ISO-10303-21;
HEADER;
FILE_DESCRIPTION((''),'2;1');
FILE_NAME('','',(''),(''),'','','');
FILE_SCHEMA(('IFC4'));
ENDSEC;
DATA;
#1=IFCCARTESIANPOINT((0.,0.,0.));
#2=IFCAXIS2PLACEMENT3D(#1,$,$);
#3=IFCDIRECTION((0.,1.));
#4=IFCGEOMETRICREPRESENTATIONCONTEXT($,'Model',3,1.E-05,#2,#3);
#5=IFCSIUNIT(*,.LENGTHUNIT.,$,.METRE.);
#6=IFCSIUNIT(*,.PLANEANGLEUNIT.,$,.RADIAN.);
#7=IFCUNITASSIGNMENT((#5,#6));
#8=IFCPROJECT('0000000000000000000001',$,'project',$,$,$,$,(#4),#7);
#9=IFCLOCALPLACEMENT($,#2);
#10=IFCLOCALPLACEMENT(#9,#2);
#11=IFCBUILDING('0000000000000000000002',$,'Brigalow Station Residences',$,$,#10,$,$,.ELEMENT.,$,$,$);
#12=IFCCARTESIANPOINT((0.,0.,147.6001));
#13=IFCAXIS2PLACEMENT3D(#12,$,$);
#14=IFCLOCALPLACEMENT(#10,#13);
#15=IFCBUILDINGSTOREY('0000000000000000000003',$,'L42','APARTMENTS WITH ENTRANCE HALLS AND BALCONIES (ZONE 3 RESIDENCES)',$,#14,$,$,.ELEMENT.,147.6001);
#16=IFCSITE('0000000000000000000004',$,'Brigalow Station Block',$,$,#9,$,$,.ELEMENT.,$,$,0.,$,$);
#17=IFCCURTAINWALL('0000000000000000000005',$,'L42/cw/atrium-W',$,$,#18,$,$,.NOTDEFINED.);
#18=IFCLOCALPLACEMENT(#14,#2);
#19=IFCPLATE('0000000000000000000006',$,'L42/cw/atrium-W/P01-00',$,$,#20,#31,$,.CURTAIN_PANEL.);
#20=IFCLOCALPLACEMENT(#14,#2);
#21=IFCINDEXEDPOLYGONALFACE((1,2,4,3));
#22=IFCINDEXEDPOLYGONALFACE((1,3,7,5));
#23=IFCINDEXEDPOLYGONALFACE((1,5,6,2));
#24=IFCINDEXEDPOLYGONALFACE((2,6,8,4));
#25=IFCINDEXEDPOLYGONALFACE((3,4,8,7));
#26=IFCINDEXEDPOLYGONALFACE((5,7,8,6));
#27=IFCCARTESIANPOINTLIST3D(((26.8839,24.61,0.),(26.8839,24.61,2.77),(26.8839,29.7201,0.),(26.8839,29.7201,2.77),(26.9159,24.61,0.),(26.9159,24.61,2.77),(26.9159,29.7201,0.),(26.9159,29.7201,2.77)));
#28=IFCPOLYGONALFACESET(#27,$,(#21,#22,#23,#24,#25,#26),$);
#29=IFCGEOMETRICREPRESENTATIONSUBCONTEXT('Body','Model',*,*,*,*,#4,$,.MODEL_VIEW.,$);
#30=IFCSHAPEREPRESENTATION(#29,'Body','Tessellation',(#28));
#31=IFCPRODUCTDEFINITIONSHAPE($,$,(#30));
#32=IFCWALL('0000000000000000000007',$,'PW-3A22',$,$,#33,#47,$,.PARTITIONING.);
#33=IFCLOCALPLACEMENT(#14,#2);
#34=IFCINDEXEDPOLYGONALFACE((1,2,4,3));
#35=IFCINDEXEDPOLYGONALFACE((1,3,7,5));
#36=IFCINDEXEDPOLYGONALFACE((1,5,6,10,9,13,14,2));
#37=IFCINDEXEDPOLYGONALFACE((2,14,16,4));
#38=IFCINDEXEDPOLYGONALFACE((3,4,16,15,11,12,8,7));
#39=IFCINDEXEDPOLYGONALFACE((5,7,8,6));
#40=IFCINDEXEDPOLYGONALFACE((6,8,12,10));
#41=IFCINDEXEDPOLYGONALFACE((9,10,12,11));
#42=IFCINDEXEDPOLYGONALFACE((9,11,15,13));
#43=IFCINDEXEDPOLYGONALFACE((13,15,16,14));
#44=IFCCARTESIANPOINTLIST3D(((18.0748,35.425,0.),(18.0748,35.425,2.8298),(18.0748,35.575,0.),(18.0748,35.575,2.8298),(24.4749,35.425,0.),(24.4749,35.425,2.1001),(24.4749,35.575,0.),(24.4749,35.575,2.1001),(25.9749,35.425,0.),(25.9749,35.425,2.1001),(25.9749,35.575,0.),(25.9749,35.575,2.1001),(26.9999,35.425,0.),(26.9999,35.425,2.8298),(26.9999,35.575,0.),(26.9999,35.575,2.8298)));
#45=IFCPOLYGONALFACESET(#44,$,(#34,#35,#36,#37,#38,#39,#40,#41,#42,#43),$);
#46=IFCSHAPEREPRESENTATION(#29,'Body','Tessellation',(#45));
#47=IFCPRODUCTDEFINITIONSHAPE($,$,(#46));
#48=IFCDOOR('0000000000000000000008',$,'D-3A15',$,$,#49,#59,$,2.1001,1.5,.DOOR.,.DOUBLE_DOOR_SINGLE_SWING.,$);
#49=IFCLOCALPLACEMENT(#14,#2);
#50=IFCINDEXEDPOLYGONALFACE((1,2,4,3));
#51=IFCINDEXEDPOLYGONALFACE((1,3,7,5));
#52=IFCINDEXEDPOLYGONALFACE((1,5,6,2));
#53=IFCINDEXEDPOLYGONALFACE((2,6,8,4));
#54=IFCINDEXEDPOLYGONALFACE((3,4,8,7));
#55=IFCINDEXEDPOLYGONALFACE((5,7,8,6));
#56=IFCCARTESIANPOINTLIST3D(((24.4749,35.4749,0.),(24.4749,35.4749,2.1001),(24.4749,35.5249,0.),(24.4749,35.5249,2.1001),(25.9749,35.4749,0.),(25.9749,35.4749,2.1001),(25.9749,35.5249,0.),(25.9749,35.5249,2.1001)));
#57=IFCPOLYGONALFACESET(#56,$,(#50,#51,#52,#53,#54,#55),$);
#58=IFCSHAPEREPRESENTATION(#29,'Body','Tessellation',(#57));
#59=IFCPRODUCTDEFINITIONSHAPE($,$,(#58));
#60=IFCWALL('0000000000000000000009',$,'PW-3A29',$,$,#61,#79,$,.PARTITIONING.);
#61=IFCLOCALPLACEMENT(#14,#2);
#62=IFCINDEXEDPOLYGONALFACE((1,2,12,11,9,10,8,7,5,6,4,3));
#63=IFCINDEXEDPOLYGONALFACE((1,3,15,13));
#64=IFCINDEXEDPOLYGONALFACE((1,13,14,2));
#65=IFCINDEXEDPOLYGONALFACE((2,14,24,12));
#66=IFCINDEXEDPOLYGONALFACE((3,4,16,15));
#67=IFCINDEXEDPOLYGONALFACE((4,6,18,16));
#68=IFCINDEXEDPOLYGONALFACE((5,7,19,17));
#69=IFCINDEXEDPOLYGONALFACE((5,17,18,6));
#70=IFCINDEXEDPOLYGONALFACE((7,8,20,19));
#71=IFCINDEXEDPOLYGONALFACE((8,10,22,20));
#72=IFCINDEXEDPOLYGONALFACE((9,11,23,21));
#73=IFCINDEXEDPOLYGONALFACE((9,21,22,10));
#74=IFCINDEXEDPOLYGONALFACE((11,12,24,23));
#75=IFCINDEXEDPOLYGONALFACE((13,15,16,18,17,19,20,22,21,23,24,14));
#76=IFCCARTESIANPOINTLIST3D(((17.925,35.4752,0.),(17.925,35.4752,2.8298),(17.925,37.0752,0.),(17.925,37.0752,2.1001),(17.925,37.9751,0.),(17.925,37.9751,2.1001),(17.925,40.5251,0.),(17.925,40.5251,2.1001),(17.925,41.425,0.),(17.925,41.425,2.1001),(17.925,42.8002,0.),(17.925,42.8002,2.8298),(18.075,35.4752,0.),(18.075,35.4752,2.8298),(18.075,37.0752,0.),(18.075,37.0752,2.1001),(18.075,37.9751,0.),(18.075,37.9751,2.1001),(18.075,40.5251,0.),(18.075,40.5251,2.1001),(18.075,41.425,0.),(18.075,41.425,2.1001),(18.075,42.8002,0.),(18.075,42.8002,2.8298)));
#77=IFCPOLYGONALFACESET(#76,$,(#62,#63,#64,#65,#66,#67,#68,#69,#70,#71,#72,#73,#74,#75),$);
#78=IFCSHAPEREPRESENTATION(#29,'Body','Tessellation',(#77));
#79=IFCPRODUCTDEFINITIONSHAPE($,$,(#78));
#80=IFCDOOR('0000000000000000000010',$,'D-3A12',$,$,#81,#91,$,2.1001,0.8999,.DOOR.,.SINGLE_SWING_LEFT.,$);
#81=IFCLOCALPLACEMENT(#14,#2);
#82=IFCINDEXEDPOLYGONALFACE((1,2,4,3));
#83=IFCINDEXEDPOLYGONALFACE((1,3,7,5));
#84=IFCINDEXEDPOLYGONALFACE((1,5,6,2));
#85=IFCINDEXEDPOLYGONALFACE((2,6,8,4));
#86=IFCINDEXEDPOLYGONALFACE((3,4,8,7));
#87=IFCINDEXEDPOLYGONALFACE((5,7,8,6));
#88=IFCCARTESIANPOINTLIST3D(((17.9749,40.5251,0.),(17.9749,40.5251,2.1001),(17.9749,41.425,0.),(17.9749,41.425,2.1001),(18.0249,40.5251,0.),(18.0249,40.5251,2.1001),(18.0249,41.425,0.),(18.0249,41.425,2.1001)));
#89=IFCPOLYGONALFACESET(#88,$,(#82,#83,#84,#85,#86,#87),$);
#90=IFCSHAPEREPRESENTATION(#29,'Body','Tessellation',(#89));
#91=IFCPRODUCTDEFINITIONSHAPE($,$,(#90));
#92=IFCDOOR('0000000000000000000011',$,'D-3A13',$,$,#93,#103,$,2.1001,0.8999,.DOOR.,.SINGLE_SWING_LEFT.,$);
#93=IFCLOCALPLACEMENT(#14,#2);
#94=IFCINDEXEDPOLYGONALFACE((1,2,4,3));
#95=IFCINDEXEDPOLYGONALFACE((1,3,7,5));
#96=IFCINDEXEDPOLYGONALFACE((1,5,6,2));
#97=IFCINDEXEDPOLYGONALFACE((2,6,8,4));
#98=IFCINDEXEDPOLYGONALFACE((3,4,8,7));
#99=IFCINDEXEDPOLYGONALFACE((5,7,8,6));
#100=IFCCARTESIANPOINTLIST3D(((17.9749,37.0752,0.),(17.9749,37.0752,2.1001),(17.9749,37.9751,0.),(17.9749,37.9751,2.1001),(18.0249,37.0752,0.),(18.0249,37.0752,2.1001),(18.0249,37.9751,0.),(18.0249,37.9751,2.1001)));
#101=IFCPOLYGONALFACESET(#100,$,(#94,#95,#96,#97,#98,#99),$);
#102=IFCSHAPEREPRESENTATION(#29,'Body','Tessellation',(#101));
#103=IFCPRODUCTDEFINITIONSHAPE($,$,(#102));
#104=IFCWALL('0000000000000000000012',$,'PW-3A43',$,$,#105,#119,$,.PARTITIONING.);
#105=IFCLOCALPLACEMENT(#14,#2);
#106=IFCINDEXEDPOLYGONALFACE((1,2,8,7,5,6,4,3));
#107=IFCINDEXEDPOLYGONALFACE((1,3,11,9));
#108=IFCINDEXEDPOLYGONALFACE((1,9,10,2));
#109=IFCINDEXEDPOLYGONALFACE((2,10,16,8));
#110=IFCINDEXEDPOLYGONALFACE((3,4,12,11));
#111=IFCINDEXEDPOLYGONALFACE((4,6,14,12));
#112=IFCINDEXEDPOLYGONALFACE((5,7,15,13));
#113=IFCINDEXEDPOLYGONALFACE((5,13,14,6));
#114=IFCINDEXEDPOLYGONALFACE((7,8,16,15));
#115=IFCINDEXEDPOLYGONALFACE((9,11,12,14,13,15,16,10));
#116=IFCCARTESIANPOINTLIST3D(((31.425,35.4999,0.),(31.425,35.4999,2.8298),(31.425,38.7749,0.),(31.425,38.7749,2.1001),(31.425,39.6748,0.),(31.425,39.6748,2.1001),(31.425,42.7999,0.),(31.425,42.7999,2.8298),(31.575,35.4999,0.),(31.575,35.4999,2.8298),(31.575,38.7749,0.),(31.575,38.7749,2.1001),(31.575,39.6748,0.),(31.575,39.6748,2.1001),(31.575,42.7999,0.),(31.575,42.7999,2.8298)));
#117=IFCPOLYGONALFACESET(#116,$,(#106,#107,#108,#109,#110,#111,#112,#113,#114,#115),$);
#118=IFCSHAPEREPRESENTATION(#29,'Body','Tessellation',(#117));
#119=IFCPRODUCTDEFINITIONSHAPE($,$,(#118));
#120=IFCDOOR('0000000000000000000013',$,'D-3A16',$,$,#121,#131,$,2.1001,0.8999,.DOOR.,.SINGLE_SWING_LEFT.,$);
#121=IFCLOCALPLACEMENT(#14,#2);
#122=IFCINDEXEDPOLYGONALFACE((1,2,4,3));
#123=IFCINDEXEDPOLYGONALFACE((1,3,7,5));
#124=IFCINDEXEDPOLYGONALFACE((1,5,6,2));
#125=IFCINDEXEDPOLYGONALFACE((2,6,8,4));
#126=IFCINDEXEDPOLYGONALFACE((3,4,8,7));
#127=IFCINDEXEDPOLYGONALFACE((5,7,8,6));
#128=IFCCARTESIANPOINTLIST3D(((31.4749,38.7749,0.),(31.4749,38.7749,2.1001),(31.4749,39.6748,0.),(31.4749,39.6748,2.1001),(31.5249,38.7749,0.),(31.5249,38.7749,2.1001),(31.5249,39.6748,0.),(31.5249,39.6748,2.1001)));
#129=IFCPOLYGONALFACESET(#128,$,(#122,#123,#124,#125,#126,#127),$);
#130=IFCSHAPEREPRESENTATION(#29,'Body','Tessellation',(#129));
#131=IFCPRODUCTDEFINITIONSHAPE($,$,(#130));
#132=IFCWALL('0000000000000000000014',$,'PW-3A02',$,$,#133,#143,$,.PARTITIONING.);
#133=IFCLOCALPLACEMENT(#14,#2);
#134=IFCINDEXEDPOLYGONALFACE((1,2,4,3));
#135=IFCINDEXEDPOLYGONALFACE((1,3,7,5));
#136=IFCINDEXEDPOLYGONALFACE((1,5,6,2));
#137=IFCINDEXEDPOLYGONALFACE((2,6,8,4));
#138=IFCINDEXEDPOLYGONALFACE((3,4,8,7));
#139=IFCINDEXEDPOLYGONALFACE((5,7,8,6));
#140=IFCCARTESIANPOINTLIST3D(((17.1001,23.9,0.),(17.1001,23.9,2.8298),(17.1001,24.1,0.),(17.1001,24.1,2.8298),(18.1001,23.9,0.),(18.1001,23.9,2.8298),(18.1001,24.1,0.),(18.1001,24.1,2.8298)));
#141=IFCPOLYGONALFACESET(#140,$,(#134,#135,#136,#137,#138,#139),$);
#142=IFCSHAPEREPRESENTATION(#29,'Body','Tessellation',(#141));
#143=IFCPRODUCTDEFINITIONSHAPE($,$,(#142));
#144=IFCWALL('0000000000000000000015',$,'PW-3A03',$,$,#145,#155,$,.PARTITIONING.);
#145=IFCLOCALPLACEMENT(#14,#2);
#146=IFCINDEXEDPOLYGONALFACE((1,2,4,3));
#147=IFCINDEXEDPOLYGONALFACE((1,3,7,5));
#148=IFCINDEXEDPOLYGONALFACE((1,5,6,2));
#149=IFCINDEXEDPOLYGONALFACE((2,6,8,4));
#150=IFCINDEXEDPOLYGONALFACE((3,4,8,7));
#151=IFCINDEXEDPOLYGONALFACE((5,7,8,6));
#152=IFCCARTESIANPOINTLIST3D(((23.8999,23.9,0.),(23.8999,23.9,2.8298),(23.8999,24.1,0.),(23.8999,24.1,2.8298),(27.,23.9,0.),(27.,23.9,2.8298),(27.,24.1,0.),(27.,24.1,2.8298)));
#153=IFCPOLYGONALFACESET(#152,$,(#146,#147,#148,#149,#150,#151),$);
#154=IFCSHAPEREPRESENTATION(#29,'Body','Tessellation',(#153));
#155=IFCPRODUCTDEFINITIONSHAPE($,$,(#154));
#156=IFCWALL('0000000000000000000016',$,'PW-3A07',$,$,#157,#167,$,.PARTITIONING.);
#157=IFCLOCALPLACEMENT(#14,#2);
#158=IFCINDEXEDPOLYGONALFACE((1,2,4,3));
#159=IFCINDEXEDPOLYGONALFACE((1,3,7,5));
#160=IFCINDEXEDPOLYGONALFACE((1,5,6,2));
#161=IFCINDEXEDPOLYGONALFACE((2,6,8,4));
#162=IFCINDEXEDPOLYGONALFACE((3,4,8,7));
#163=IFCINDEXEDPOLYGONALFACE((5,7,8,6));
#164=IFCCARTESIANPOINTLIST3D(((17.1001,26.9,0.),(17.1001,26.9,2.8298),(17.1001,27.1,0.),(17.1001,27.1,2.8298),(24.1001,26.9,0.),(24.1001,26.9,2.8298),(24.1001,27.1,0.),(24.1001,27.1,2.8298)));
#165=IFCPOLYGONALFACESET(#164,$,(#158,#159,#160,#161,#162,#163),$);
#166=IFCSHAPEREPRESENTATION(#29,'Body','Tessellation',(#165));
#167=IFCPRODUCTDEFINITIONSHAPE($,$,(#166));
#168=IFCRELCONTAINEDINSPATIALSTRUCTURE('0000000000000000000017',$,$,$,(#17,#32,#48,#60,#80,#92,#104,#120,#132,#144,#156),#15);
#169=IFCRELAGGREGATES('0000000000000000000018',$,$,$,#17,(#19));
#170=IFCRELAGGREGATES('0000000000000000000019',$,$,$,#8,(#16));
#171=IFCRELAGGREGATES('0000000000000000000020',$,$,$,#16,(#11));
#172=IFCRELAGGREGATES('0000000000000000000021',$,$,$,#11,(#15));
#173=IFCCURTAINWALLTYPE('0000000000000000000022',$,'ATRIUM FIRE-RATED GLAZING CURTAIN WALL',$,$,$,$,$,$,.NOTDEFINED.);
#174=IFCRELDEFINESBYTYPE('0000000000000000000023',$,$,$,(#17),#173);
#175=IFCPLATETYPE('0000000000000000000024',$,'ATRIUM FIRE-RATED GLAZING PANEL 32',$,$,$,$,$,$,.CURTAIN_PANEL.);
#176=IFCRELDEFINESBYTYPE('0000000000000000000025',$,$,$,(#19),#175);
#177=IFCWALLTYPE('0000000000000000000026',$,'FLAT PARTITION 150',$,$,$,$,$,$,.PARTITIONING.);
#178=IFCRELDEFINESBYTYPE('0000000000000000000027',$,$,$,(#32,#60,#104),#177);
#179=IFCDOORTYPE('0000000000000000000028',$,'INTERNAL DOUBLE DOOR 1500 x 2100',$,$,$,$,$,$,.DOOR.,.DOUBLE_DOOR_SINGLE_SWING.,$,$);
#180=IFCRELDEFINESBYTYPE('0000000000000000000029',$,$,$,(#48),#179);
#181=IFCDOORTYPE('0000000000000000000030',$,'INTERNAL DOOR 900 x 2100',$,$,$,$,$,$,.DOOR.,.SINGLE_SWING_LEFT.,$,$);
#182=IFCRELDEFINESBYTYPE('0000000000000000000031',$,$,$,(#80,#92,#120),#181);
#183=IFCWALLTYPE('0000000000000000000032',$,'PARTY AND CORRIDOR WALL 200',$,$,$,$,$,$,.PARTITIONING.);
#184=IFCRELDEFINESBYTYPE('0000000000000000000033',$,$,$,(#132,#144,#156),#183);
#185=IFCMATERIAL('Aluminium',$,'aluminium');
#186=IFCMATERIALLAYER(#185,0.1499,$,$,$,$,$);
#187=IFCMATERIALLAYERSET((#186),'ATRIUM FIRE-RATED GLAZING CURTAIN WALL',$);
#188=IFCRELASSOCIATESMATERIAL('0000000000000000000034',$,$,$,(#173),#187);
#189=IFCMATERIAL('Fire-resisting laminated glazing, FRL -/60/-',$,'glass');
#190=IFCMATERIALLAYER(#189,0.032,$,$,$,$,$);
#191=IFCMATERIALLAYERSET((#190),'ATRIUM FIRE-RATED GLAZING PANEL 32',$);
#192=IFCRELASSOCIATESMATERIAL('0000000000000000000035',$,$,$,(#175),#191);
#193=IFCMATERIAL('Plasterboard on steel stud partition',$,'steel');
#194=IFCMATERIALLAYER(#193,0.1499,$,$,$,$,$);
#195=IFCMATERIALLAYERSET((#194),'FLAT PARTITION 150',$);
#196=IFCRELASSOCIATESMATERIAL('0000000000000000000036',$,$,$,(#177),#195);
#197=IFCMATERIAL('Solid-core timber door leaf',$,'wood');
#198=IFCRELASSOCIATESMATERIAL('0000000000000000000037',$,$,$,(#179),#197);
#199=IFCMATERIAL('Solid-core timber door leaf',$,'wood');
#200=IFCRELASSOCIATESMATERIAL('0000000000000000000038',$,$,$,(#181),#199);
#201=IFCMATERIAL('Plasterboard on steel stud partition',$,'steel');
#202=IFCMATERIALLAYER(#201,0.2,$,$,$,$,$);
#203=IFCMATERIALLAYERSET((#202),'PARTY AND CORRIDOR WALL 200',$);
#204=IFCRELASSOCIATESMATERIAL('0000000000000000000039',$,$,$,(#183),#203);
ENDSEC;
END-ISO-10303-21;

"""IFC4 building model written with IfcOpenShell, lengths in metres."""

from ifc_helpers import new_model, si_unit, direction, frame, frame_2d, origin, origin_2d, place, context, subcontext, project, spatial, rectangle, extrude, material, layer, layer_set, type_object, element, fill, aggregate, save


model = new_model("IFC4")

# Units and contexts
model_context = context("Model", 3, precision=1e-05, world=origin(), true_north=direction((0.0, 1.0)))
body_context = subcontext(model_context, "Body", "Model", "MODEL_VIEW")
ifc_project = project(units=[si_unit("LENGTHUNIT", "METRE"), si_unit("PLANEANGLEUNIT", "RADIAN")], contexts=[model_context])

# Site, building, storey
site_placement = place(None, origin())
site = spatial("IfcSite", under=ifc_project, at=site_placement, Name="Brigalow Station Block", CompositionType="ELEMENT", RefElevation=0.0)
building_placement = place(site_placement, origin())
building = spatial("IfcBuilding", under=site, at=building_placement, Name="Brigalow Station Residences", CompositionType="ELEMENT")
storey_placement = place(building_placement, frame((0.0, 0.0, 147.6001)))
storey = spatial("IfcBuildingStorey", under=building, at=storey_placement, Name="L42", Description="APARTMENTS WITH ENTRANCE HALLS AND BALCONIES (ZONE 3 RESIDENCES)", CompositionType="ELEMENT", Elevation=147.6001)

# Shared definitions
ifc_material_1 = material(Name="Aluminium", Category="aluminium")
ifc_layer_1 = layer(ifc_material_1, 0.1499)
ifc_layer_set_1 = layer_set([ifc_layer_1], Name="ATRIUM FIRE-RATED GLAZING CURTAIN WALL")
curtain_wall_type = type_object("IfcCurtainWallType", Name="ATRIUM FIRE-RATED GLAZING CURTAIN WALL", PredefinedType="NOTDEFINED", material=ifc_layer_set_1)

# Curtain wall
curtain_wall_1_placement = place(storey_placement, origin())
curtain_wall_1 = element("IfcCurtainWall", 1, at=curtain_wall_1_placement, inside=storey, type_object=curtain_wall_type, Name="L42/cw/atrium-W", PredefinedType="NOTDEFINED")

# Plate
ifc_material_2 = material(Name="Fire-resisting laminated glazing, FRL -/60/-", Category="glass")
ifc_layer_2 = layer(ifc_material_2, 0.032)
ifc_layer_set_2 = layer_set([ifc_layer_2], Name="ATRIUM FIRE-RATED GLAZING PANEL 32")
plate_type = type_object("IfcPlateType", Name="ATRIUM FIRE-RATED GLAZING PANEL 32", PredefinedType="CURTAIN_PANEL", material=ifc_layer_set_2)
plate_1_placement = place(storey_placement, frame((26.8999, 27.165, 0.0), z_axis=(0.0, 0.0, 1.0), x_axis=(0.0, -1.0, 0.0)))
plate_1 = element("IfcPlate", 2, at=plate_1_placement, type_object=plate_type, Name="L42/cw/atrium-W/P01-00", PredefinedType="CURTAIN_PANEL", context=body_context, shape_type="SweptSolid", body=[
    extrude(rectangle(XDim=5.1101, YDim=0.032, at=origin_2d()), origin(), (0.0, 0.0, 1.0), 2.77),
])
aggregate(curtain_wall_1, [plate_1])

# Wall, opening, door
ifc_material_3 = material(Name="Plasterboard on steel stud partition", Category="steel")
ifc_layer_3 = layer(ifc_material_3, 0.1499)
ifc_layer_set_3 = layer_set([ifc_layer_3], Name="FLAT PARTITION 150")
wall_type_1 = type_object("IfcWallType", Name="FLAT PARTITION 150", PredefinedType="PARTITIONING", material=ifc_layer_set_3)
wall_1_placement = place(storey_placement, frame((18.075, 35.5, 0.0), z_axis=(0.0, 0.0, 1.0), x_axis=(1.0, 0.0, 0.0)))
wall_1 = element("IfcWall", 3, at=wall_1_placement, inside=storey, type_object=wall_type_1, Name="PW-3A22", PredefinedType="PARTITIONING", context=body_context, shape_type="SweptSolid", body=[
    extrude(rectangle(XDim=8.925, YDim=0.1499, at=frame_2d((4.4624, 0.0))), origin(), (0.0, 0.0, 1.0), 2.8298),
])
opening_1_placement = place(wall_1_placement, frame((6.3999, 0.0, 0.0)))
opening_1 = element("IfcOpeningElement", 4, at=opening_1_placement, cuts=wall_1, PredefinedType="OPENING", context=body_context, shape_type="SweptSolid", body=[
    extrude(rectangle(XDim=1.5, YDim=2.1001, at=frame_2d((0.75, 1.05))), frame((0.0, 0.085, 0.0), z_axis=(0.0, -1.0, 0.0), x_axis=(1.0, 0.0, 0.0)), (0.0, 0.0, 1.0), 0.1699),
])
ifc_material_4 = material(Name="Solid-core timber door leaf", Category="wood")
door_type_1 = type_object("IfcDoorType", Name="INTERNAL DOUBLE DOOR 1500 x 2100", OperationType="DOUBLE_DOOR_SINGLE_SWING", PredefinedType="DOOR", material=ifc_material_4)
door_1_placement = place(opening_1_placement, origin())
door_1 = element("IfcDoor", 5, at=door_1_placement, inside=storey, type_object=door_type_1, Name="D-3A15", OperationType="DOUBLE_DOOR_SINGLE_SWING", OverallHeight=2.1001, OverallWidth=1.5, PredefinedType="DOOR", context=body_context, shape_type="SweptSolid", body=[
    extrude(rectangle(XDim=1.5, YDim=2.1001, at=frame_2d((0.75, 1.05))), frame((0.0, 0.0249, 0.0), z_axis=(0.0, -1.0, 0.0), x_axis=(1.0, 0.0, 0.0)), (0.0, 0.0, 1.0), 0.05),
])
fill(opening_1, door_1)

# Wall, openings, doors
wall_2_placement = place(storey_placement, frame((18.0, 35.4751, 0.0), z_axis=(0.0, 0.0, 1.0), x_axis=(0.0, 1.0, 0.0)))
wall_2 = element("IfcWall", 6, at=wall_2_placement, inside=storey, type_object=wall_type_1, Name="PW-3A29", PredefinedType="PARTITIONING", context=body_context, shape_type="SweptSolid", body=[
    extrude(rectangle(XDim=7.325, YDim=0.1499, at=frame_2d((3.6626, 0.0))), origin(), (0.0, 0.0, 1.0), 2.8298),
])
opening_2_placement = place(wall_2_placement, frame((5.05, 0.0, 0.0)))
opening_2 = element("IfcOpeningElement", 7, at=opening_2_placement, cuts=wall_2, PredefinedType="OPENING", context=body_context, shape_type="SweptSolid", body=[
    extrude(rectangle(XDim=0.8999, YDim=2.1001, at=frame_2d((0.45, 1.05))), frame((0.0, 0.085, 0.0), z_axis=(0.0, -1.0, 0.0), x_axis=(1.0, 0.0, 0.0)), (0.0, 0.0, 1.0), 0.1699),
])
opening_3_placement = place(wall_2_placement, frame((1.6001, 0.0, 0.0)))
opening_3 = element("IfcOpeningElement", 8, at=opening_3_placement, cuts=wall_2, PredefinedType="OPENING", context=body_context, shape_type="SweptSolid", body=[
    extrude(rectangle(XDim=0.8999, YDim=2.1001, at=frame_2d((0.45, 1.05))), frame((0.0, 0.085, 0.0), z_axis=(0.0, -1.0, 0.0), x_axis=(1.0, 0.0, 0.0)), (0.0, 0.0, 1.0), 0.1699),
])
ifc_material_5 = material(Name="Solid-core timber door leaf", Category="wood")
door_type_2 = type_object("IfcDoorType", Name="INTERNAL DOOR 900 x 2100", OperationType="SINGLE_SWING_LEFT", PredefinedType="DOOR", material=ifc_material_5)
door_2_placement = place(opening_2_placement, frame((0.8999, 0.0, 0.0), z_axis=(0.0, 0.0, 1.0), x_axis=(-1.0, 0.0, 0.0)))
door_2 = element("IfcDoor", 9, at=door_2_placement, inside=storey, type_object=door_type_2, Name="D-3A12", OperationType="SINGLE_SWING_LEFT", OverallHeight=2.1001, OverallWidth=0.8999, PredefinedType="DOOR", context=body_context, shape_type="SweptSolid", body=[
    extrude(rectangle(XDim=0.8999, YDim=2.1001, at=frame_2d((0.45, 1.05))), frame((0.0, 0.0249, 0.0), z_axis=(0.0, -1.0, 0.0), x_axis=(1.0, 0.0, 0.0)), (0.0, 0.0, 1.0), 0.05),
])
fill(opening_2, door_2)
door_3_placement = place(opening_3_placement, frame((0.8999, 0.0, 0.0), z_axis=(0.0, 0.0, 1.0), x_axis=(-1.0, 0.0, 0.0)))
door_3 = element("IfcDoor", 10, at=door_3_placement, inside=storey, type_object=door_type_2, Name="D-3A13", OperationType="SINGLE_SWING_LEFT", OverallHeight=2.1001, OverallWidth=0.8999, PredefinedType="DOOR", context=body_context, shape_type="SweptSolid", body=[
    extrude(rectangle(XDim=0.8999, YDim=2.1001, at=frame_2d((0.45, 1.05))), frame((0.0, 0.0249, 0.0), z_axis=(0.0, -1.0, 0.0), x_axis=(1.0, 0.0, 0.0)), (0.0, 0.0, 1.0), 0.05),
])
fill(opening_3, door_3)

# Wall, opening, door
wall_3_placement = place(storey_placement, frame((31.5, 35.5, 0.0), z_axis=(0.0, 0.0, 1.0), x_axis=(0.0, 1.0, 0.0)))
wall_3 = element("IfcWall", 11, at=wall_3_placement, inside=storey, type_object=wall_type_1, Name="PW-3A43", PredefinedType="PARTITIONING", context=body_context, shape_type="SweptSolid", body=[
    extrude(rectangle(XDim=7.3, YDim=0.1499, at=frame_2d((3.6499, 0.0))), origin(), (0.0, 0.0, 1.0), 2.8298),
])
opening_4_placement = place(wall_3_placement, frame((3.2749, 0.0, 0.0)))
opening_4 = element("IfcOpeningElement", 12, at=opening_4_placement, cuts=wall_3, PredefinedType="OPENING", context=body_context, shape_type="SweptSolid", body=[
    extrude(rectangle(XDim=0.8999, YDim=2.1001, at=frame_2d((0.45, 1.05))), frame((0.0, 0.085, 0.0), z_axis=(0.0, -1.0, 0.0), x_axis=(1.0, 0.0, 0.0)), (0.0, 0.0, 1.0), 0.1699),
])
door_4_placement = place(opening_4_placement, frame((0.8999, 0.0, 0.0), z_axis=(0.0, 0.0, 1.0), x_axis=(-1.0, 0.0, 0.0)))
door_4 = element("IfcDoor", 13, at=door_4_placement, inside=storey, type_object=door_type_2, Name="D-3A16", OperationType="SINGLE_SWING_LEFT", OverallHeight=2.1001, OverallWidth=0.8999, PredefinedType="DOOR", context=body_context, shape_type="SweptSolid", body=[
    extrude(rectangle(XDim=0.8999, YDim=2.1001, at=frame_2d((0.45, 1.05))), frame((0.0, 0.0249, 0.0), z_axis=(0.0, -1.0, 0.0), x_axis=(1.0, 0.0, 0.0)), (0.0, 0.0, 1.0), 0.05),
])
fill(opening_4, door_4)

# Walls
ifc_material_6 = material(Name="Plasterboard on steel stud partition", Category="steel")
ifc_layer_4 = layer(ifc_material_6, 0.2)
ifc_layer_set_4 = layer_set([ifc_layer_4], Name="PARTY AND CORRIDOR WALL 200")
wall_type_2 = type_object("IfcWallType", Name="PARTY AND CORRIDOR WALL 200", PredefinedType="PARTITIONING", material=ifc_layer_set_4)
wall_4_placement = place(storey_placement, frame((17.1001, 24.0, 0.0), z_axis=(0.0, 0.0, 1.0), x_axis=(1.0, 0.0, 0.0)))
element("IfcWall", 14, at=wall_4_placement, inside=storey, type_object=wall_type_2, Name="PW-3A02", PredefinedType="PARTITIONING", context=body_context, shape_type="SweptSolid", body=[
    extrude(rectangle(XDim=1.0, YDim=0.2, at=frame_2d((0.5, 0.0))), origin(), (0.0, 0.0, 1.0), 2.8298),
])
wall_5_placement = place(storey_placement, frame((23.8999, 24.0, 0.0), z_axis=(0.0, 0.0, 1.0), x_axis=(1.0, 0.0, 0.0)))
element("IfcWall", 15, at=wall_5_placement, inside=storey, type_object=wall_type_2, Name="PW-3A03", PredefinedType="PARTITIONING", context=body_context, shape_type="SweptSolid", body=[
    extrude(rectangle(XDim=3.1001, YDim=0.2, at=frame_2d((1.55, 0.0))), origin(), (0.0, 0.0, 1.0), 2.8298),
])
wall_6_placement = place(storey_placement, frame((17.1001, 27.0, 0.0), z_axis=(0.0, 0.0, 1.0), x_axis=(1.0, 0.0, 0.0)))
element("IfcWall", 16, at=wall_6_placement, inside=storey, type_object=wall_type_2, Name="PW-3A07", PredefinedType="PARTITIONING", context=body_context, shape_type="SweptSolid", body=[
    extrude(rectangle(XDim=7.0, YDim=0.2, at=frame_2d((3.5, 0.0))), origin(), (0.0, 0.0, 1.0), 2.8298),
])

save(model, "model.ifc")
